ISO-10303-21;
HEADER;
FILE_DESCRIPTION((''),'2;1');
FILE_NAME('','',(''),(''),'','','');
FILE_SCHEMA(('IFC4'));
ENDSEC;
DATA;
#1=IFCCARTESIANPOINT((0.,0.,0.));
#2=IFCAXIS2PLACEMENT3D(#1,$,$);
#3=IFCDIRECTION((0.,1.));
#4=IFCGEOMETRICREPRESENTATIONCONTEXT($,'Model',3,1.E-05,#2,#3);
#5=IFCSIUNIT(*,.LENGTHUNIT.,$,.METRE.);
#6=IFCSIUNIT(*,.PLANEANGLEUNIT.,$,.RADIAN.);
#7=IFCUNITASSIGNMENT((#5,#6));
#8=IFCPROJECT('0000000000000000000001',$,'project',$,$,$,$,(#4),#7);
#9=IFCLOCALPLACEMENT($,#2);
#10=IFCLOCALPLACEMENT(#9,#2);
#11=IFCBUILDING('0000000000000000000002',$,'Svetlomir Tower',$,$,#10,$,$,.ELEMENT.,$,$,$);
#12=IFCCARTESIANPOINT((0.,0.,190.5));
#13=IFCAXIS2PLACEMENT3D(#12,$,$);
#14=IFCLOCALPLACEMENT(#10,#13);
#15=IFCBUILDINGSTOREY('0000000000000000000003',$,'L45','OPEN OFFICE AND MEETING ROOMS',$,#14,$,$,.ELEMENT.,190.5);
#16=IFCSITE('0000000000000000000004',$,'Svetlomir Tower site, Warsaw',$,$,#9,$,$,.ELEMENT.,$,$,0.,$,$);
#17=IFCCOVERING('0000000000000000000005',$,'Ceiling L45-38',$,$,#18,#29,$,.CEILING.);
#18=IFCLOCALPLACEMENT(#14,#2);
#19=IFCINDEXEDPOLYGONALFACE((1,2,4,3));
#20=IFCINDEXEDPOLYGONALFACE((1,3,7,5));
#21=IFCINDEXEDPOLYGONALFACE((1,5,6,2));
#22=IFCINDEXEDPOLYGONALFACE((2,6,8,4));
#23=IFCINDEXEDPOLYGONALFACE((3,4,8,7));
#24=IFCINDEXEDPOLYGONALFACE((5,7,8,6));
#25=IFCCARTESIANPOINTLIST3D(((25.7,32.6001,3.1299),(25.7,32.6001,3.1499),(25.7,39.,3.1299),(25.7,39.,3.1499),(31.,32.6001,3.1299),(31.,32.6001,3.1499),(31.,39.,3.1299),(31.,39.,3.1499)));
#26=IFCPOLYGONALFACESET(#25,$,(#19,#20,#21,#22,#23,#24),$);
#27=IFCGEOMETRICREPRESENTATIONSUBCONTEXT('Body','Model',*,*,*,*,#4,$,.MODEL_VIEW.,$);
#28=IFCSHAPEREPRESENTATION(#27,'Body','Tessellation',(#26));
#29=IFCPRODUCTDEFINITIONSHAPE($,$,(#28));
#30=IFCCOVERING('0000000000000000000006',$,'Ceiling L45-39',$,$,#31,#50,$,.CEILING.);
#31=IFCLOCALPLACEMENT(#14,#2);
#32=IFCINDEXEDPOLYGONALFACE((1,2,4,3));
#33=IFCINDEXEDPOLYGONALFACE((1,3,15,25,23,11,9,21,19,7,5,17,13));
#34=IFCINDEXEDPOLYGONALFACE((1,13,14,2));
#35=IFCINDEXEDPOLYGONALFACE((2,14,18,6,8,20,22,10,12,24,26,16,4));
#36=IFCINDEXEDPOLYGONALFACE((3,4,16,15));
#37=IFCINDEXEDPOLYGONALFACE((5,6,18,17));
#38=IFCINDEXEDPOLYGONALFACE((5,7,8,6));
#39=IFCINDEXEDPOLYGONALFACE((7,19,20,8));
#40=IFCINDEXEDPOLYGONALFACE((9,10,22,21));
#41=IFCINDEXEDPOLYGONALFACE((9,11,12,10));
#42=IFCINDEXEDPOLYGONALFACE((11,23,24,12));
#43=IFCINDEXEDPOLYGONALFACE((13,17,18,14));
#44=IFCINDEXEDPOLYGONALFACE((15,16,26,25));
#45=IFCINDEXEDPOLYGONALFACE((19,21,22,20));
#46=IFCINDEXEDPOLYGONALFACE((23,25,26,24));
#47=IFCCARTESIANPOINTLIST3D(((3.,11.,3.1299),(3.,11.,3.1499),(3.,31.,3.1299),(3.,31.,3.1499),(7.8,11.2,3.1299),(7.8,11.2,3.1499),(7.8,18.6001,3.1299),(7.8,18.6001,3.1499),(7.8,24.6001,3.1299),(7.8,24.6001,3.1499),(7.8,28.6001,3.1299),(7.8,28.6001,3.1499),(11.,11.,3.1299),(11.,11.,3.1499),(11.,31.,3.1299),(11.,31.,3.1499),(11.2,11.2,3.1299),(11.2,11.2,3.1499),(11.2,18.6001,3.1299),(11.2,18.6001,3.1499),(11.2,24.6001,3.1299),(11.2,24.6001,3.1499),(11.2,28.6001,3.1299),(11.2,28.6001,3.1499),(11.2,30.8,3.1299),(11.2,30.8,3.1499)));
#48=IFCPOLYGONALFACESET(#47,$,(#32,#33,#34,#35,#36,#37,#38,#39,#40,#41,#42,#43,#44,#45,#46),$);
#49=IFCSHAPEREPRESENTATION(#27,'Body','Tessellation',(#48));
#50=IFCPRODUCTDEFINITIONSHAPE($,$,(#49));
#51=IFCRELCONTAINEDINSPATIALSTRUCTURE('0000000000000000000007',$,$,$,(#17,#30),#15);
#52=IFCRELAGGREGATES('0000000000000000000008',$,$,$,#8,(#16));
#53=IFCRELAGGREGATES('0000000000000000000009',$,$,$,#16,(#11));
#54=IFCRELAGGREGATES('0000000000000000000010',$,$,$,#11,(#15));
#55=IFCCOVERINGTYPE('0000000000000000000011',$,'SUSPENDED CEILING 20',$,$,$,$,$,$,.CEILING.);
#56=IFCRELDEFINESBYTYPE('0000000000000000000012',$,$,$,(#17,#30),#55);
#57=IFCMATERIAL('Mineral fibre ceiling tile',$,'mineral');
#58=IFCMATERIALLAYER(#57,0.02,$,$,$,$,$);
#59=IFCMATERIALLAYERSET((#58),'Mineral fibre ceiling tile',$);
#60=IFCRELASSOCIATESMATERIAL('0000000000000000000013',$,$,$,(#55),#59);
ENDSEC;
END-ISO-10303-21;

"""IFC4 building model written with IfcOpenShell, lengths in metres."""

from ifc_helpers import new_model, si_unit, direction, frame, origin, place, context, subcontext, project, spatial, polyline, outline, extrude, material, layer, layer_set, type_object, element, save


model = new_model("IFC4")

# Units and contexts
model_context = context("Model", 3, precision=1e-05, world=origin(), true_north=direction((0.0, 1.0)))
body_context = subcontext(model_context, "Body", "Model", "MODEL_VIEW")
ifc_project = project(units=[si_unit("LENGTHUNIT", "METRE"), si_unit("PLANEANGLEUNIT", "RADIAN")], contexts=[model_context])

# Site, building, storey
site_placement = place(None, origin())
site = spatial("IfcSite", under=ifc_project, at=site_placement, Name="Svetlomir Tower site, Warsaw", CompositionType="ELEMENT", RefElevation=0.0)
building_placement = place(site_placement, origin())
building = spatial("IfcBuilding", under=site, at=building_placement, Name="Svetlomir Tower", CompositionType="ELEMENT")
storey_placement = place(building_placement, frame((0.0, 0.0, 190.5)))
storey = spatial("IfcBuildingStorey", under=building, at=storey_placement, Name="L45", Description="OPEN OFFICE AND MEETING ROOMS", CompositionType="ELEMENT", Elevation=190.5)

# Coverings
ifc_material_1 = material(Name="Mineral fibre ceiling tile", Category="mineral")
ifc_layer_1 = layer(ifc_material_1, 0.02)
ifc_layer_set_1 = layer_set([ifc_layer_1], Name="Mineral fibre ceiling tile")
covering_type_1 = type_object("IfcCoveringType", Name="SUSPENDED CEILING 20", PredefinedType="CEILING", material=ifc_layer_set_1)
covering_1_placement = place(storey_placement, frame((0.0, 0.0, 3.1299)))
element("IfcCovering", 1, at=covering_1_placement, inside=storey, type_object=covering_type_1, Name="Ceiling L45-38", PredefinedType="CEILING", context=body_context, shape_type="SweptSolid", body=[
    extrude(outline(polyline([(31.0, 39.0), (31.0, 32.6001), (25.7, 32.6001), (25.7, 39.0), (31.0, 39.0)])), origin(), (0.0, 0.0, 1.0), 0.02),
])
covering_2_placement = place(storey_placement, frame((0.0, 0.0, 3.1299)))
element("IfcCovering", 2, at=covering_2_placement, inside=storey, type_object=covering_type_1, Name="Ceiling L45-39", PredefinedType="CEILING", context=body_context, shape_type="SweptSolid", body=[
    extrude(outline(polyline([(3.0, 31.0), (11.0, 31.0), (11.2, 30.8), (11.2, 28.6001), (7.8, 28.6001), (7.8, 24.6001), (11.2, 24.6001), (11.2, 18.6001), (7.8, 18.6001), (7.8, 11.2), (11.2, 11.2), (11.0, 11.0), (3.0, 11.0), (3.0, 31.0)])), origin(), (0.0, 0.0, 1.0), 0.02),
])

save(model, "model.ifc")
